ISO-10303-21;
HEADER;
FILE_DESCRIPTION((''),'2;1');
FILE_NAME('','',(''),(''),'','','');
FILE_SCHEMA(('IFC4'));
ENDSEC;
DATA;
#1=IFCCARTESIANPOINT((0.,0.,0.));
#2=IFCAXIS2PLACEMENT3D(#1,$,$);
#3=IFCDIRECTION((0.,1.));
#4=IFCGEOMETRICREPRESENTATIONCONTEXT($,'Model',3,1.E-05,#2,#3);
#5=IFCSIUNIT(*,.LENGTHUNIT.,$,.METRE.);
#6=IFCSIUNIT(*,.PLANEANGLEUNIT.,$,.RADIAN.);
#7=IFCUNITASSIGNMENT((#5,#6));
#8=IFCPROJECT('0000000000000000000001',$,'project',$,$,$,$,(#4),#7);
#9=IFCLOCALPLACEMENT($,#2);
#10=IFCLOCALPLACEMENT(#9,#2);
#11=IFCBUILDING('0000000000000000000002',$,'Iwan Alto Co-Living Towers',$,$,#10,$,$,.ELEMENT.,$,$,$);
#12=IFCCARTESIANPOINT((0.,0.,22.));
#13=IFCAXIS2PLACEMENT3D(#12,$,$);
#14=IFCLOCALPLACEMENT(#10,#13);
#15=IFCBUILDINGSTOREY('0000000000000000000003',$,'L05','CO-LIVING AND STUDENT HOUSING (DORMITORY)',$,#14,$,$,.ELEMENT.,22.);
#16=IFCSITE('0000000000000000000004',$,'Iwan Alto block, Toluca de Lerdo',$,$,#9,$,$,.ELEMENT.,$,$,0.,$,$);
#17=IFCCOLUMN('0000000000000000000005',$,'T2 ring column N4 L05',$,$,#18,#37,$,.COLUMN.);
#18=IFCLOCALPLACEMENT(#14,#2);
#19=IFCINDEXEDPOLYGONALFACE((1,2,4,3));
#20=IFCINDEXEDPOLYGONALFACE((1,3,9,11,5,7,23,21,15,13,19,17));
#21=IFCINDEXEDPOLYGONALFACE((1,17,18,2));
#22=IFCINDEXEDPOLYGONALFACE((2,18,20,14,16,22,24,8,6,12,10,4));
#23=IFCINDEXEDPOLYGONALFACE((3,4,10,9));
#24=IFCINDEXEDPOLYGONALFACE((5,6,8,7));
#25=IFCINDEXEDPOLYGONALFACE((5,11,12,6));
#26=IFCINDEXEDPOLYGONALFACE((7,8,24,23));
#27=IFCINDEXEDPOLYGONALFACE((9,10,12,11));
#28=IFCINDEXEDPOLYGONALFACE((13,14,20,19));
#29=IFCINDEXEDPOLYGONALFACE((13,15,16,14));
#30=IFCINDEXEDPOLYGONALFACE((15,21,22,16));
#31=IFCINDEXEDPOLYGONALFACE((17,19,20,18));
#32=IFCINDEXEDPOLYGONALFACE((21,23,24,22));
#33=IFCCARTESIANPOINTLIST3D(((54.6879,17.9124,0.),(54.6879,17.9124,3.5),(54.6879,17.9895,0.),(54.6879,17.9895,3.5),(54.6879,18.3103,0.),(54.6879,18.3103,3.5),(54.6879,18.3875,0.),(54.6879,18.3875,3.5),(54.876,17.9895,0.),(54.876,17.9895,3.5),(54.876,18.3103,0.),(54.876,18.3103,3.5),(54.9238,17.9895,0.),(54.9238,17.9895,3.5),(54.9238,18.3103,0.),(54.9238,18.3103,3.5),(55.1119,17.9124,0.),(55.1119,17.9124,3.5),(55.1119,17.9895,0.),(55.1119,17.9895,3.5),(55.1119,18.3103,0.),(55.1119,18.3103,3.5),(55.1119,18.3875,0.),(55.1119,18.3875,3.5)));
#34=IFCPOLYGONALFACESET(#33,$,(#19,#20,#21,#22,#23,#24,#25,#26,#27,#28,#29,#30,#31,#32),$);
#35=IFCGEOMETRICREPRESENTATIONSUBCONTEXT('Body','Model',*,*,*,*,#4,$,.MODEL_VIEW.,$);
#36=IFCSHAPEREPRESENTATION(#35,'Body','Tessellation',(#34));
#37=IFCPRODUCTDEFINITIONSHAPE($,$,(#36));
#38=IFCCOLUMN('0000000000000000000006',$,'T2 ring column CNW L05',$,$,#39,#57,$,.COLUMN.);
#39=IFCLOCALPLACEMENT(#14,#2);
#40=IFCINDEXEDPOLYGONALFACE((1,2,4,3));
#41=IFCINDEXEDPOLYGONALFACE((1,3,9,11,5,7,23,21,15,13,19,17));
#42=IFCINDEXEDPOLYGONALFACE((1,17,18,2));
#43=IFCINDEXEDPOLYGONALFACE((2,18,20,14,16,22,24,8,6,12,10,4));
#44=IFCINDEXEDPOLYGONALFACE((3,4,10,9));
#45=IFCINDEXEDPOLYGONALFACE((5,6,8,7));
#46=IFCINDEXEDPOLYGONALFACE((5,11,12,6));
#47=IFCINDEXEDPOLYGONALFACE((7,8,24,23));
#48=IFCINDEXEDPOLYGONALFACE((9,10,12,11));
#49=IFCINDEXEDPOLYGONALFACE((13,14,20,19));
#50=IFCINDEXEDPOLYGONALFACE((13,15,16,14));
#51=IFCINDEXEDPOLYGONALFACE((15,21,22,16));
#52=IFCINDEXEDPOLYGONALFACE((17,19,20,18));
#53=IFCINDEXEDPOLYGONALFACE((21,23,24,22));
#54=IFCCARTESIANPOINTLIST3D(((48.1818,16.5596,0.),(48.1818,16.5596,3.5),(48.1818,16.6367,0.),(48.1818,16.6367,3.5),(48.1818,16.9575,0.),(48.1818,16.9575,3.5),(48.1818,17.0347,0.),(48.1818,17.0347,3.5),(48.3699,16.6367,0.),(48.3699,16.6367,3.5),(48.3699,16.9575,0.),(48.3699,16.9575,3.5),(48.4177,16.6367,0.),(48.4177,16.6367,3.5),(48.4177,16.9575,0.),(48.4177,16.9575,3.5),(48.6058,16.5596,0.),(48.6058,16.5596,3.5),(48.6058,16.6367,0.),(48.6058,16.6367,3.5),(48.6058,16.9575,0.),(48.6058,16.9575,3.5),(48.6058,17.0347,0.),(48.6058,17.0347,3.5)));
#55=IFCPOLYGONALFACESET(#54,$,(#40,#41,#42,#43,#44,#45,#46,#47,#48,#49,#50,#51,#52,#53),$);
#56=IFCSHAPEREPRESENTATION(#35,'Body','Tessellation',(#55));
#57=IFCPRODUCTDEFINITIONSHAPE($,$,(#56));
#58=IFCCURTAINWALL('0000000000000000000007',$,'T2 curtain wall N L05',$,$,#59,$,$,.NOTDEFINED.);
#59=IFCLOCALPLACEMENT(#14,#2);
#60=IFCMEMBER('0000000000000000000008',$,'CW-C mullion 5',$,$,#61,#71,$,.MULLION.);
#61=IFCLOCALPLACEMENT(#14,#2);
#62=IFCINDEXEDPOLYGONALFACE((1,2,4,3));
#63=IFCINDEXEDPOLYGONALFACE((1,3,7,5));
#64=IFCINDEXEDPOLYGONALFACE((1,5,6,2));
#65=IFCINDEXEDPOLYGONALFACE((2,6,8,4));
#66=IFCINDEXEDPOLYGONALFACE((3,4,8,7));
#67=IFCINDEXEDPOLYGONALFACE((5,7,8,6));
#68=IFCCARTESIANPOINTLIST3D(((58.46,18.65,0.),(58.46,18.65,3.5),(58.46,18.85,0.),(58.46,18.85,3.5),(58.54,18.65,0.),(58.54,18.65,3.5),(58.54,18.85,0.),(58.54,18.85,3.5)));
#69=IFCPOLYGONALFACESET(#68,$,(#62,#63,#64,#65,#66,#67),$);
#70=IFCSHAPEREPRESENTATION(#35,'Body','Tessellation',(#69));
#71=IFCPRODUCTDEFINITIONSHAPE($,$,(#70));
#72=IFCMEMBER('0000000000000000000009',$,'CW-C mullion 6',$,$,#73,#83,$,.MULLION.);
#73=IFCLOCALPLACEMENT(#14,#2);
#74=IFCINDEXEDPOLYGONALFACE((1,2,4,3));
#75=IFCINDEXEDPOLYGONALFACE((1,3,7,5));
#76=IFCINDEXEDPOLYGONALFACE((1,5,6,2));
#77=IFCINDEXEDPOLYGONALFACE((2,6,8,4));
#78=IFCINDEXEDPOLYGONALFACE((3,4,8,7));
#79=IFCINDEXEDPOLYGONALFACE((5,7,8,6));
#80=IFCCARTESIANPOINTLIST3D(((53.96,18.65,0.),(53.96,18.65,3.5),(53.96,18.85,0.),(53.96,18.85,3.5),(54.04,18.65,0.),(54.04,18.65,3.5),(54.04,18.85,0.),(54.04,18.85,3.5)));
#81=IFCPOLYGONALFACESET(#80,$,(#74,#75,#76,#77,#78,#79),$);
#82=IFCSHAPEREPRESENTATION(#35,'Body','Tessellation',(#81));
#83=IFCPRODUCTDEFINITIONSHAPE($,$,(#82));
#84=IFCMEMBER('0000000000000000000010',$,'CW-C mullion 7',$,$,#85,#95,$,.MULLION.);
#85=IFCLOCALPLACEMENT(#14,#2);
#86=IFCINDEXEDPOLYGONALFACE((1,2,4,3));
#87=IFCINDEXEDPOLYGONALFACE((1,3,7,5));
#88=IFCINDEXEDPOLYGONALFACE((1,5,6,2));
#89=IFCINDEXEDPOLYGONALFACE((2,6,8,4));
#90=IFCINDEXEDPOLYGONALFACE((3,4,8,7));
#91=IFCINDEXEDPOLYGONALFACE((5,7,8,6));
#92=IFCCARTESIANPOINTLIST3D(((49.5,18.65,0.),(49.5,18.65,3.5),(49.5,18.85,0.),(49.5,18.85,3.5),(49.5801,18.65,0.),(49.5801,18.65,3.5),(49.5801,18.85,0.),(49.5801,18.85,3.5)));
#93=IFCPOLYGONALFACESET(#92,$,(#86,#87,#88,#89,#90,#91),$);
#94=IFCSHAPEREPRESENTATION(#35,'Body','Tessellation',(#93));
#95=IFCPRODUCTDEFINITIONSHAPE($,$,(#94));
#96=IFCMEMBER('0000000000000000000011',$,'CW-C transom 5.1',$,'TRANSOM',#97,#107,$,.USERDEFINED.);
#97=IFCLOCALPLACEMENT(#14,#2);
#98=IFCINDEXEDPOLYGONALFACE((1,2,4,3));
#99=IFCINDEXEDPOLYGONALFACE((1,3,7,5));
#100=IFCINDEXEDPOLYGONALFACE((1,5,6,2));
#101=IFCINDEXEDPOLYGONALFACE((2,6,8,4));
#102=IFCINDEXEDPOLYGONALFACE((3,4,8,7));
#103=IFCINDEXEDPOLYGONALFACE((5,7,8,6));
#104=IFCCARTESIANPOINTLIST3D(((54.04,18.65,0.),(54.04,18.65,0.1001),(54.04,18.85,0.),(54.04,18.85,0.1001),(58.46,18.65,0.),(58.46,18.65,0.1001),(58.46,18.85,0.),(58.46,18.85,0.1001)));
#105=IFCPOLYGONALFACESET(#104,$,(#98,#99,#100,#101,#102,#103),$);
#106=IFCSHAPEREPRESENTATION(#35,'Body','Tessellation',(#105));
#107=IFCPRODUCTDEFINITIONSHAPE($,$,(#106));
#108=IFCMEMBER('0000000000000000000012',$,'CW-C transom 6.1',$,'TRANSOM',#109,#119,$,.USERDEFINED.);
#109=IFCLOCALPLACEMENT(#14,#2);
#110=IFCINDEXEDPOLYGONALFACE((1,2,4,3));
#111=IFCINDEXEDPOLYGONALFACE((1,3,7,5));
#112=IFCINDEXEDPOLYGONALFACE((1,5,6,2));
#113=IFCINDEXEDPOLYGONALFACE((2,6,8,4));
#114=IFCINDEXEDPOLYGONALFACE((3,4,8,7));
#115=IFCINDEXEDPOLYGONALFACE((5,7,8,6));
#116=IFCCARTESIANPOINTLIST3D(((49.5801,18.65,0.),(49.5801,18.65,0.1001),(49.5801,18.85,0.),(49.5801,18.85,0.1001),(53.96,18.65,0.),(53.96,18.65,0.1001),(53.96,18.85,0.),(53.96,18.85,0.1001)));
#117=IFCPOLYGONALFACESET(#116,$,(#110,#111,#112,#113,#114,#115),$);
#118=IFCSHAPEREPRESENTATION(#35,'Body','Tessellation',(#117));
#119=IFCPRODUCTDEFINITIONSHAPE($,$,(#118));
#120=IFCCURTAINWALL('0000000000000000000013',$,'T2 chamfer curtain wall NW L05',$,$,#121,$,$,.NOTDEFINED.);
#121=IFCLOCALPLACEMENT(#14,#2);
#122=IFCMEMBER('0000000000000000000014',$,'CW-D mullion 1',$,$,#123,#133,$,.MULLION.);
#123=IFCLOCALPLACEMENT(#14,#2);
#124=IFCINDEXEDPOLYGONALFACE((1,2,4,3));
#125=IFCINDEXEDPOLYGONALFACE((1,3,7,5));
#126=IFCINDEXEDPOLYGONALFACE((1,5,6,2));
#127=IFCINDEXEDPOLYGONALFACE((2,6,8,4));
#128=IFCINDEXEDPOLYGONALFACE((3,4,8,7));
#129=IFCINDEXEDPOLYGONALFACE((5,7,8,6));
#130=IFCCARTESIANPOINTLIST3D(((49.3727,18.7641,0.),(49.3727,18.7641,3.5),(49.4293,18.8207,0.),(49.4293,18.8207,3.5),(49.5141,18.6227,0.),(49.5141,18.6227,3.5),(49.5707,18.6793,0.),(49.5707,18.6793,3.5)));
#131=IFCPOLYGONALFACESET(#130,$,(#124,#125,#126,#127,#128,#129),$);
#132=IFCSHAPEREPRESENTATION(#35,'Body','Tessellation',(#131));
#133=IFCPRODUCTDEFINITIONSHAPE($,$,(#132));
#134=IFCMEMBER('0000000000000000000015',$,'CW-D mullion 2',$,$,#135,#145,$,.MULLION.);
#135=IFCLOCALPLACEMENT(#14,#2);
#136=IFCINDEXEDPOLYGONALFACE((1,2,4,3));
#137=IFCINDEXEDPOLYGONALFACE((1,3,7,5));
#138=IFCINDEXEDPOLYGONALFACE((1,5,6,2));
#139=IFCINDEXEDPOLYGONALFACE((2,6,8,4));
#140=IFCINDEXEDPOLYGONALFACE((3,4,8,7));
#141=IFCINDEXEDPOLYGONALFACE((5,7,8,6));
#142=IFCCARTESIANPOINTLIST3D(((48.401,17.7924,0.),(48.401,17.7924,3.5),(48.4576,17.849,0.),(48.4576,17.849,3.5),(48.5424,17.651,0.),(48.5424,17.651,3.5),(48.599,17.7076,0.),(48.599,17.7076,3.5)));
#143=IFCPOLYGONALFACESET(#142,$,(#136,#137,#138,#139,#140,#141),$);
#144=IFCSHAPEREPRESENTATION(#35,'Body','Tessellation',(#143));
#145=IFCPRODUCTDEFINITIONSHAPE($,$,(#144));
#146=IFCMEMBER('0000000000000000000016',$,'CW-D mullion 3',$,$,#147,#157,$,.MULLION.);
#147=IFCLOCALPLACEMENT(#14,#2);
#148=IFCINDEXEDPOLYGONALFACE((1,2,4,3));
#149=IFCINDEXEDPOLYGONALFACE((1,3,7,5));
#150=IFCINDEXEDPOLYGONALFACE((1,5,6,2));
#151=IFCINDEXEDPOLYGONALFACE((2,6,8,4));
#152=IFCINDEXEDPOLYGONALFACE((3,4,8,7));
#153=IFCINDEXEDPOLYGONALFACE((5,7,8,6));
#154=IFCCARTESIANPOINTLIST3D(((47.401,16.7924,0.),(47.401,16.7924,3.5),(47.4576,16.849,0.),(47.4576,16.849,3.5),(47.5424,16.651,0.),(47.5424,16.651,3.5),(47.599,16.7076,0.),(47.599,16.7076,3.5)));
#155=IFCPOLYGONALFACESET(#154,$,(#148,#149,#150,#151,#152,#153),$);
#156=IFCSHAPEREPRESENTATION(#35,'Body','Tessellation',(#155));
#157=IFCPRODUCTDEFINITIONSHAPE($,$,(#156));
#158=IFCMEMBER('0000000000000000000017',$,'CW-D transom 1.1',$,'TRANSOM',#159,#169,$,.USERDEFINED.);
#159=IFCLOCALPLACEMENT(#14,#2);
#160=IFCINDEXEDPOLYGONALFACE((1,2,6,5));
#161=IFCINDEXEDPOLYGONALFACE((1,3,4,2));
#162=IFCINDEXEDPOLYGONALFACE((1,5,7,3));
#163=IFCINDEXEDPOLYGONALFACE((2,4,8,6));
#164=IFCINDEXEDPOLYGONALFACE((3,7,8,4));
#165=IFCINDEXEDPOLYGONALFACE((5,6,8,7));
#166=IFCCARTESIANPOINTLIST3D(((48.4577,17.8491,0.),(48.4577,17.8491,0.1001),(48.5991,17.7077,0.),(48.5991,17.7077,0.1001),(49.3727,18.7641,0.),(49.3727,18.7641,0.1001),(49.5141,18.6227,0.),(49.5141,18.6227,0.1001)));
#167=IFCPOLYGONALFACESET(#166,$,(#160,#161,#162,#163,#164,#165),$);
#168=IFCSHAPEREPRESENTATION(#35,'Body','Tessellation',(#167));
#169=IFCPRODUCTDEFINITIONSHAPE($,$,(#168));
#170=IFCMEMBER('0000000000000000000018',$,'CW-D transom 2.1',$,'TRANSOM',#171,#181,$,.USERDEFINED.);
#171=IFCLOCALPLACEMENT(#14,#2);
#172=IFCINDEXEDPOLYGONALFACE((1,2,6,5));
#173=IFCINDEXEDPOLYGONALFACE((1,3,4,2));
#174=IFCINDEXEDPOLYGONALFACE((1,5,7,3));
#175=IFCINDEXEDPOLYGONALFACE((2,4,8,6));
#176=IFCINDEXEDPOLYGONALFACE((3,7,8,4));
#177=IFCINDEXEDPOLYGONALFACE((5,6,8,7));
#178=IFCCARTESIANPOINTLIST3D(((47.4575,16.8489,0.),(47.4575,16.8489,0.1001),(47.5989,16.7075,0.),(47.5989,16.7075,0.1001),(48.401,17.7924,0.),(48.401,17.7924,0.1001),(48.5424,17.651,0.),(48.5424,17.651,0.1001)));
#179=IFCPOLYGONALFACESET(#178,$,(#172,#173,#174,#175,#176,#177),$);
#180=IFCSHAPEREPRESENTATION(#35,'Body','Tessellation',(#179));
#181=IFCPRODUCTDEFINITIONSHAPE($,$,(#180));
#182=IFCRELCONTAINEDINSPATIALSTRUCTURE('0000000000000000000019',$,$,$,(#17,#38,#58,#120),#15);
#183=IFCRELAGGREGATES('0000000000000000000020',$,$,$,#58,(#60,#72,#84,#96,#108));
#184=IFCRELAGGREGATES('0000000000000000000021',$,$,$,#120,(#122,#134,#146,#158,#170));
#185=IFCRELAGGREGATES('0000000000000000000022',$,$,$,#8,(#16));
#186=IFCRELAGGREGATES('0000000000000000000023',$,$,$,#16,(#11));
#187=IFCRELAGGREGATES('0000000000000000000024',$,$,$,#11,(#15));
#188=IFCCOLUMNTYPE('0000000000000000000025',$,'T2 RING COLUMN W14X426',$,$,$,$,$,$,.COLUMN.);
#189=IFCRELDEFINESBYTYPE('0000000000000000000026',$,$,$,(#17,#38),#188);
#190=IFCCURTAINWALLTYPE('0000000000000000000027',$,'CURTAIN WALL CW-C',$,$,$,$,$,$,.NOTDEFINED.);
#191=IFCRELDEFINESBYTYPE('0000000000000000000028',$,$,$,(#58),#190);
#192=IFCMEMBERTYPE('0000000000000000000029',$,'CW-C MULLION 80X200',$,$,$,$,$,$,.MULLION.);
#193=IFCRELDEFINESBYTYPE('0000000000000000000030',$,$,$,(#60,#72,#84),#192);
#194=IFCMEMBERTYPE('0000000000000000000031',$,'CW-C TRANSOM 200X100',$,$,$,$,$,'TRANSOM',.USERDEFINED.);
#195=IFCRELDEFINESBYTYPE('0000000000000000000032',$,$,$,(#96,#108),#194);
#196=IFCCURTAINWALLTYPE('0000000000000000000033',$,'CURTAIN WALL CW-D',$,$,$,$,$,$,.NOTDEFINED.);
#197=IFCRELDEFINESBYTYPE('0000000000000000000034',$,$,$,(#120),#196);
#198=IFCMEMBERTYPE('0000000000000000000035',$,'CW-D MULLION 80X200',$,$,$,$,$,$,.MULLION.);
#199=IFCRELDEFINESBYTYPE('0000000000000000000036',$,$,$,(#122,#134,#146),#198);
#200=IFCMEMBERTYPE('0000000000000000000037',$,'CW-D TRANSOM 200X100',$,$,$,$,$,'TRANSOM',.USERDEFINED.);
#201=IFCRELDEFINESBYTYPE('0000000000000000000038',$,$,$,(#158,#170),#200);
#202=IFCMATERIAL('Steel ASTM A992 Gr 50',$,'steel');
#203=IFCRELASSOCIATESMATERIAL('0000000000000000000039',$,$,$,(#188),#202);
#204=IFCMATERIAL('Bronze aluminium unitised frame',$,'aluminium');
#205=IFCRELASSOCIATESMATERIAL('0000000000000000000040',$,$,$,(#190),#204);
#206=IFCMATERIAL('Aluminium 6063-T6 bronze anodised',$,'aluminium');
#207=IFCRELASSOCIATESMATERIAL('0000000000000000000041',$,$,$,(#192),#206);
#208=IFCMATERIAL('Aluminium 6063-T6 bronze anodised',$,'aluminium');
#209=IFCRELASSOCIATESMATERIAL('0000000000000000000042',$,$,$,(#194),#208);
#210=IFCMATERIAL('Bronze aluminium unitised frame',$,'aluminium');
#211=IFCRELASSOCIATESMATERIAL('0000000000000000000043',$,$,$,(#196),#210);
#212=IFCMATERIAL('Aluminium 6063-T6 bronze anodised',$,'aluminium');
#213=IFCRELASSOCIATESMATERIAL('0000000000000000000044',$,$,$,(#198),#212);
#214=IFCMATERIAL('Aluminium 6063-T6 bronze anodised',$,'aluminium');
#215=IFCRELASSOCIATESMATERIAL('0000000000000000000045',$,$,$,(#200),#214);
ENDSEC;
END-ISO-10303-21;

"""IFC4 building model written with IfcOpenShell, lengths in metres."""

from ifc_helpers import new_model, si_unit, direction, frame, origin, origin_2d, place, context, subcontext, project, spatial, rectangle, i_section, extrude, material, material_profile, profile_set, type_object, element, aggregate, save


model = new_model("IFC4")

# Units and contexts
model_context = context("Model", 3, precision=1e-05, world=origin(), true_north=direction((0.0, 1.0)))
body_context = subcontext(model_context, "Body", "Model", "MODEL_VIEW")
ifc_project = project(units=[si_unit("LENGTHUNIT", "METRE"), si_unit("PLANEANGLEUNIT", "RADIAN")], contexts=[model_context])

# Site, building, storey
site_placement = place(None, origin())
site = spatial("IfcSite", under=ifc_project, at=site_placement, Name="Iwan Alto block, Toluca de Lerdo", CompositionType="ELEMENT", RefElevation=0.0)
building_placement = place(site_placement, origin())
building = spatial("IfcBuilding", under=site, at=building_placement, Name="Iwan Alto Co-Living Towers", CompositionType="ELEMENT")
storey_placement = place(building_placement, frame((0.0, 0.0, 22.0)))
storey = spatial("IfcBuildingStorey", under=building, at=storey_placement, Name="L05", Description="CO-LIVING AND STUDENT HOUSING (DORMITORY)", CompositionType="ELEMENT", Elevation=22.0)

# Columns
ifc_material_1 = material(Name="Steel ASTM A992 Gr 50", Category="steel")
ifc_material_profile_1 = material_profile(ifc_material_1, i_section(OverallWidth=0.4241, OverallDepth=0.4751, WebThickness=0.0479, FlangeThickness=0.0771, at=origin_2d()), Name="W14X426")
ifc_profile_set_1 = profile_set([ifc_material_profile_1], Name="Steel ASTM A992 Gr 50")
column_type = type_object("IfcColumnType", Name="T2 RING COLUMN W14X426", PredefinedType="COLUMN", material=ifc_profile_set_1)
for number, where, z_axis, x_axis, name in (
    (1, (54.8999, 18.1499, 0.0), (0.0, 0.0, 1.0), (1.0, 0.0, 0.0), "T2 ring column N4 L05"),
    (2, (48.3938, 16.7971, 0.0), (0.0, 0.0, 1.0), (1.0, 0.0, 0.0), "T2 ring column CNW L05"),
):
    element("IfcColumn", number, at=place(storey_placement, frame(where, z_axis=z_axis, x_axis=x_axis)), inside=storey, type_object=column_type, Name=name, PredefinedType="COLUMN", context=body_context, shape_type="SweptSolid", body=[
        extrude(i_section(OverallWidth=0.4241, OverallDepth=0.4751, WebThickness=0.0479, FlangeThickness=0.0771, at=origin_2d()), origin(), (0.0, 0.0, 1.0), 3.5),
    ])

# Curtain walls, members
ifc_material_2 = material(Name="Bronze aluminium unitised frame", Category="aluminium")
curtain_wall_type_1 = type_object("IfcCurtainWallType", Name="CURTAIN WALL CW-C", PredefinedType="NOTDEFINED", material=ifc_material_2)
curtain_wall_1_placement = place(storey_placement, origin())
curtain_wall_1 = element("IfcCurtainWall", 3, at=curtain_wall_1_placement, inside=storey, type_object=curtain_wall_type_1, Name="T2 curtain wall N L05", PredefinedType="NOTDEFINED")
ifc_material_3 = material(Name="Aluminium 6063-T6 bronze anodised", Category="aluminium")
ifc_material_profile_2 = material_profile(ifc_material_3, rectangle(XDim=0.2, YDim=0.0801, at=origin_2d()), Name="AL 80X200")
ifc_profile_set_2 = profile_set([ifc_material_profile_2], Name="Aluminium 6063-T6 bronze anodised")
member_type_1 = type_object("IfcMemberType", Name="CW-C MULLION 80X200", PredefinedType="MULLION", material=ifc_profile_set_2)
member_1_placement = place(storey_placement, frame((58.5, 18.75, 0.0), z_axis=(0.0, 0.0, 1.0), x_axis=(0.0, -1.0, 0.0)))
member_1 = element("IfcMember", 4, at=member_1_placement, type_object=member_type_1, Name="CW-C mullion 5", PredefinedType="MULLION", context=body_context, shape_type="SweptSolid", body=[
    extrude(rectangle(XDim=0.2, YDim=0.0801, at=origin_2d()), origin(), (0.0, 0.0, 1.0), 3.5),
])
member_2_placement = place(storey_placement, frame((54.0, 18.75, 0.0), z_axis=(0.0, 0.0, 1.0), x_axis=(0.0, -1.0, 0.0)))
member_2 = element("IfcMember", 5, at=member_2_placement, type_object=member_type_1, Name="CW-C mullion 6", PredefinedType="MULLION", context=body_context, shape_type="SweptSolid", body=[
    extrude(rectangle(XDim=0.2, YDim=0.0801, at=origin_2d()), origin(), (0.0, 0.0, 1.0), 3.5),
])
member_3_placement = place(storey_placement, frame((49.54, 18.75, 0.0), z_axis=(0.0, 0.0, 1.0), x_axis=(0.0, -1.0, 0.0)))
member_3 = element("IfcMember", 6, at=member_3_placement, type_object=member_type_1, Name="CW-C mullion 7", PredefinedType="MULLION", context=body_context, shape_type="SweptSolid", body=[
    extrude(rectangle(XDim=0.2, YDim=0.0801, at=origin_2d()), origin(), (0.0, 0.0, 1.0), 3.5),
])
ifc_material_4 = material(Name="Aluminium 6063-T6 bronze anodised", Category="aluminium")
ifc_material_profile_3 = material_profile(ifc_material_4, rectangle(XDim=0.2, YDim=0.1001, at=origin_2d()), Name="AL 200X100")
ifc_profile_set_3 = profile_set([ifc_material_profile_3], Name="Aluminium 6063-T6 bronze anodised")
member_type_2 = type_object("IfcMemberType", Name="CW-C TRANSOM 200X100", ElementType="TRANSOM", PredefinedType="USERDEFINED", material=ifc_profile_set_3)
member_4_placement = place(storey_placement, frame((58.46, 18.75, 0.05), z_axis=(-1.0, 0.0, 0.0), x_axis=(0.0, -1.0, 0.0)))
member_4 = element("IfcMember", 7, at=member_4_placement, type_object=member_type_2, Name="CW-C transom 5.1", ObjectType="TRANSOM", PredefinedType="USERDEFINED", context=body_context, shape_type="SweptSolid", body=[
    extrude(rectangle(XDim=0.2, YDim=0.1001, at=origin_2d()), origin(), (0.0, 0.0, 1.0), 4.4199),
])
member_5_placement = place(storey_placement, frame((53.96, 18.75, 0.05), z_axis=(-1.0, 0.0, 0.0), x_axis=(0.0, -1.0, 0.0)))
member_5 = element("IfcMember", 8, at=member_5_placement, type_object=member_type_2, Name="CW-C transom 6.1", ObjectType="TRANSOM", PredefinedType="USERDEFINED", context=body_context, shape_type="SweptSolid", body=[
    extrude(rectangle(XDim=0.2, YDim=0.1001, at=origin_2d()), origin(), (0.0, 0.0, 1.0), 4.3799),
])
ifc_material_5 = material(Name="Bronze aluminium unitised frame", Category="aluminium")
curtain_wall_type_2 = type_object("IfcCurtainWallType", Name="CURTAIN WALL CW-D", PredefinedType="NOTDEFINED", material=ifc_material_5)
curtain_wall_2_placement = place(storey_placement, origin())
curtain_wall_2 = element("IfcCurtainWall", 9, at=curtain_wall_2_placement, inside=storey, type_object=curtain_wall_type_2, Name="T2 chamfer curtain wall NW L05", PredefinedType="NOTDEFINED")
ifc_material_6 = material(Name="Aluminium 6063-T6 bronze anodised", Category="aluminium")
ifc_material_profile_4 = material_profile(ifc_material_6, rectangle(XDim=0.2, YDim=0.0801, at=origin_2d()), Name="AL 80X200")
ifc_profile_set_4 = profile_set([ifc_material_profile_4], Name="Aluminium 6063-T6 bronze anodised")
member_type_3 = type_object("IfcMemberType", Name="CW-D MULLION 80X200", PredefinedType="MULLION", material=ifc_profile_set_4)
member_6_placement = place(storey_placement, frame((49.4717, 18.7217, 0.0), z_axis=(0.0, 0.0, 1.0), x_axis=(0.707107, -0.707107, 0.0)))
member_6 = element("IfcMember", 10, at=member_6_placement, type_object=member_type_3, Name="CW-D mullion 1", PredefinedType="MULLION", context=body_context, shape_type="SweptSolid", body=[
    extrude(rectangle(XDim=0.2, YDim=0.0801, at=origin_2d()), origin(), (0.0, 0.0, 1.0), 3.5),
])
member_7_placement = place(storey_placement, frame((48.5, 17.75, 0.0), z_axis=(0.0, 0.0, 1.0), x_axis=(0.707107, -0.707107, 0.0)))
member_7 = element("IfcMember", 11, at=member_7_placement, type_object=member_type_3, Name="CW-D mullion 2", PredefinedType="MULLION", context=body_context, shape_type="SweptSolid", body=[
    extrude(rectangle(XDim=0.2, YDim=0.0801, at=origin_2d()), origin(), (0.0, 0.0, 1.0), 3.5),
])
member_8_placement = place(storey_placement, frame((47.5, 16.75, 0.0), z_axis=(0.0, 0.0, 1.0), x_axis=(0.707107, -0.707107, 0.0)))
member_8 = element("IfcMember", 12, at=member_8_placement, type_object=member_type_3, Name="CW-D mullion 3", PredefinedType="MULLION", context=body_context, shape_type="SweptSolid", body=[
    extrude(rectangle(XDim=0.2, YDim=0.0801, at=origin_2d()), origin(), (0.0, 0.0, 1.0), 3.5),
])
ifc_material_7 = material(Name="Aluminium 6063-T6 bronze anodised", Category="aluminium")
ifc_material_profile_5 = material_profile(ifc_material_7, rectangle(XDim=0.2, YDim=0.1001, at=origin_2d()), Name="AL 200X100")
ifc_profile_set_5 = profile_set([ifc_material_profile_5], Name="Aluminium 6063-T6 bronze anodised")
member_type_4 = type_object("IfcMemberType", Name="CW-D TRANSOM 200X100", ElementType="TRANSOM", PredefinedType="USERDEFINED", material=ifc_profile_set_5)
member_9_placement = place(storey_placement, frame((49.4434, 18.6934, 0.05), z_axis=(-0.707107, -0.707107, 0.0), x_axis=(0.707107, -0.707107, 0.0)))
member_9 = element("IfcMember", 13, at=member_9_placement, type_object=member_type_4, Name="CW-D transom 1.1", ObjectType="TRANSOM", PredefinedType="USERDEFINED", context=body_context, shape_type="SweptSolid", body=[
    extrude(rectangle(XDim=0.2, YDim=0.1001, at=origin_2d()), origin(), (0.0, 0.0, 1.0), 1.2939),
])
member_10_placement = place(storey_placement, frame((48.4717, 17.7217, 0.05), z_axis=(-0.707107, -0.707107, 0.0), x_axis=(0.707107, -0.707107, 0.0)))
member_10 = element("IfcMember", 14, at=member_10_placement, type_object=member_type_4, Name="CW-D transom 2.1", ObjectType="TRANSOM", PredefinedType="USERDEFINED", context=body_context, shape_type="SweptSolid", body=[
    extrude(rectangle(XDim=0.2, YDim=0.1001, at=origin_2d()), origin(), (0.0, 0.0, 1.0), 1.3342),
])

aggregate(curtain_wall_1, [member_1, member_2, member_3, member_4, member_5])
aggregate(curtain_wall_2, [member_6, member_7, member_8, member_9, member_10])

save(model, "model.ifc")
